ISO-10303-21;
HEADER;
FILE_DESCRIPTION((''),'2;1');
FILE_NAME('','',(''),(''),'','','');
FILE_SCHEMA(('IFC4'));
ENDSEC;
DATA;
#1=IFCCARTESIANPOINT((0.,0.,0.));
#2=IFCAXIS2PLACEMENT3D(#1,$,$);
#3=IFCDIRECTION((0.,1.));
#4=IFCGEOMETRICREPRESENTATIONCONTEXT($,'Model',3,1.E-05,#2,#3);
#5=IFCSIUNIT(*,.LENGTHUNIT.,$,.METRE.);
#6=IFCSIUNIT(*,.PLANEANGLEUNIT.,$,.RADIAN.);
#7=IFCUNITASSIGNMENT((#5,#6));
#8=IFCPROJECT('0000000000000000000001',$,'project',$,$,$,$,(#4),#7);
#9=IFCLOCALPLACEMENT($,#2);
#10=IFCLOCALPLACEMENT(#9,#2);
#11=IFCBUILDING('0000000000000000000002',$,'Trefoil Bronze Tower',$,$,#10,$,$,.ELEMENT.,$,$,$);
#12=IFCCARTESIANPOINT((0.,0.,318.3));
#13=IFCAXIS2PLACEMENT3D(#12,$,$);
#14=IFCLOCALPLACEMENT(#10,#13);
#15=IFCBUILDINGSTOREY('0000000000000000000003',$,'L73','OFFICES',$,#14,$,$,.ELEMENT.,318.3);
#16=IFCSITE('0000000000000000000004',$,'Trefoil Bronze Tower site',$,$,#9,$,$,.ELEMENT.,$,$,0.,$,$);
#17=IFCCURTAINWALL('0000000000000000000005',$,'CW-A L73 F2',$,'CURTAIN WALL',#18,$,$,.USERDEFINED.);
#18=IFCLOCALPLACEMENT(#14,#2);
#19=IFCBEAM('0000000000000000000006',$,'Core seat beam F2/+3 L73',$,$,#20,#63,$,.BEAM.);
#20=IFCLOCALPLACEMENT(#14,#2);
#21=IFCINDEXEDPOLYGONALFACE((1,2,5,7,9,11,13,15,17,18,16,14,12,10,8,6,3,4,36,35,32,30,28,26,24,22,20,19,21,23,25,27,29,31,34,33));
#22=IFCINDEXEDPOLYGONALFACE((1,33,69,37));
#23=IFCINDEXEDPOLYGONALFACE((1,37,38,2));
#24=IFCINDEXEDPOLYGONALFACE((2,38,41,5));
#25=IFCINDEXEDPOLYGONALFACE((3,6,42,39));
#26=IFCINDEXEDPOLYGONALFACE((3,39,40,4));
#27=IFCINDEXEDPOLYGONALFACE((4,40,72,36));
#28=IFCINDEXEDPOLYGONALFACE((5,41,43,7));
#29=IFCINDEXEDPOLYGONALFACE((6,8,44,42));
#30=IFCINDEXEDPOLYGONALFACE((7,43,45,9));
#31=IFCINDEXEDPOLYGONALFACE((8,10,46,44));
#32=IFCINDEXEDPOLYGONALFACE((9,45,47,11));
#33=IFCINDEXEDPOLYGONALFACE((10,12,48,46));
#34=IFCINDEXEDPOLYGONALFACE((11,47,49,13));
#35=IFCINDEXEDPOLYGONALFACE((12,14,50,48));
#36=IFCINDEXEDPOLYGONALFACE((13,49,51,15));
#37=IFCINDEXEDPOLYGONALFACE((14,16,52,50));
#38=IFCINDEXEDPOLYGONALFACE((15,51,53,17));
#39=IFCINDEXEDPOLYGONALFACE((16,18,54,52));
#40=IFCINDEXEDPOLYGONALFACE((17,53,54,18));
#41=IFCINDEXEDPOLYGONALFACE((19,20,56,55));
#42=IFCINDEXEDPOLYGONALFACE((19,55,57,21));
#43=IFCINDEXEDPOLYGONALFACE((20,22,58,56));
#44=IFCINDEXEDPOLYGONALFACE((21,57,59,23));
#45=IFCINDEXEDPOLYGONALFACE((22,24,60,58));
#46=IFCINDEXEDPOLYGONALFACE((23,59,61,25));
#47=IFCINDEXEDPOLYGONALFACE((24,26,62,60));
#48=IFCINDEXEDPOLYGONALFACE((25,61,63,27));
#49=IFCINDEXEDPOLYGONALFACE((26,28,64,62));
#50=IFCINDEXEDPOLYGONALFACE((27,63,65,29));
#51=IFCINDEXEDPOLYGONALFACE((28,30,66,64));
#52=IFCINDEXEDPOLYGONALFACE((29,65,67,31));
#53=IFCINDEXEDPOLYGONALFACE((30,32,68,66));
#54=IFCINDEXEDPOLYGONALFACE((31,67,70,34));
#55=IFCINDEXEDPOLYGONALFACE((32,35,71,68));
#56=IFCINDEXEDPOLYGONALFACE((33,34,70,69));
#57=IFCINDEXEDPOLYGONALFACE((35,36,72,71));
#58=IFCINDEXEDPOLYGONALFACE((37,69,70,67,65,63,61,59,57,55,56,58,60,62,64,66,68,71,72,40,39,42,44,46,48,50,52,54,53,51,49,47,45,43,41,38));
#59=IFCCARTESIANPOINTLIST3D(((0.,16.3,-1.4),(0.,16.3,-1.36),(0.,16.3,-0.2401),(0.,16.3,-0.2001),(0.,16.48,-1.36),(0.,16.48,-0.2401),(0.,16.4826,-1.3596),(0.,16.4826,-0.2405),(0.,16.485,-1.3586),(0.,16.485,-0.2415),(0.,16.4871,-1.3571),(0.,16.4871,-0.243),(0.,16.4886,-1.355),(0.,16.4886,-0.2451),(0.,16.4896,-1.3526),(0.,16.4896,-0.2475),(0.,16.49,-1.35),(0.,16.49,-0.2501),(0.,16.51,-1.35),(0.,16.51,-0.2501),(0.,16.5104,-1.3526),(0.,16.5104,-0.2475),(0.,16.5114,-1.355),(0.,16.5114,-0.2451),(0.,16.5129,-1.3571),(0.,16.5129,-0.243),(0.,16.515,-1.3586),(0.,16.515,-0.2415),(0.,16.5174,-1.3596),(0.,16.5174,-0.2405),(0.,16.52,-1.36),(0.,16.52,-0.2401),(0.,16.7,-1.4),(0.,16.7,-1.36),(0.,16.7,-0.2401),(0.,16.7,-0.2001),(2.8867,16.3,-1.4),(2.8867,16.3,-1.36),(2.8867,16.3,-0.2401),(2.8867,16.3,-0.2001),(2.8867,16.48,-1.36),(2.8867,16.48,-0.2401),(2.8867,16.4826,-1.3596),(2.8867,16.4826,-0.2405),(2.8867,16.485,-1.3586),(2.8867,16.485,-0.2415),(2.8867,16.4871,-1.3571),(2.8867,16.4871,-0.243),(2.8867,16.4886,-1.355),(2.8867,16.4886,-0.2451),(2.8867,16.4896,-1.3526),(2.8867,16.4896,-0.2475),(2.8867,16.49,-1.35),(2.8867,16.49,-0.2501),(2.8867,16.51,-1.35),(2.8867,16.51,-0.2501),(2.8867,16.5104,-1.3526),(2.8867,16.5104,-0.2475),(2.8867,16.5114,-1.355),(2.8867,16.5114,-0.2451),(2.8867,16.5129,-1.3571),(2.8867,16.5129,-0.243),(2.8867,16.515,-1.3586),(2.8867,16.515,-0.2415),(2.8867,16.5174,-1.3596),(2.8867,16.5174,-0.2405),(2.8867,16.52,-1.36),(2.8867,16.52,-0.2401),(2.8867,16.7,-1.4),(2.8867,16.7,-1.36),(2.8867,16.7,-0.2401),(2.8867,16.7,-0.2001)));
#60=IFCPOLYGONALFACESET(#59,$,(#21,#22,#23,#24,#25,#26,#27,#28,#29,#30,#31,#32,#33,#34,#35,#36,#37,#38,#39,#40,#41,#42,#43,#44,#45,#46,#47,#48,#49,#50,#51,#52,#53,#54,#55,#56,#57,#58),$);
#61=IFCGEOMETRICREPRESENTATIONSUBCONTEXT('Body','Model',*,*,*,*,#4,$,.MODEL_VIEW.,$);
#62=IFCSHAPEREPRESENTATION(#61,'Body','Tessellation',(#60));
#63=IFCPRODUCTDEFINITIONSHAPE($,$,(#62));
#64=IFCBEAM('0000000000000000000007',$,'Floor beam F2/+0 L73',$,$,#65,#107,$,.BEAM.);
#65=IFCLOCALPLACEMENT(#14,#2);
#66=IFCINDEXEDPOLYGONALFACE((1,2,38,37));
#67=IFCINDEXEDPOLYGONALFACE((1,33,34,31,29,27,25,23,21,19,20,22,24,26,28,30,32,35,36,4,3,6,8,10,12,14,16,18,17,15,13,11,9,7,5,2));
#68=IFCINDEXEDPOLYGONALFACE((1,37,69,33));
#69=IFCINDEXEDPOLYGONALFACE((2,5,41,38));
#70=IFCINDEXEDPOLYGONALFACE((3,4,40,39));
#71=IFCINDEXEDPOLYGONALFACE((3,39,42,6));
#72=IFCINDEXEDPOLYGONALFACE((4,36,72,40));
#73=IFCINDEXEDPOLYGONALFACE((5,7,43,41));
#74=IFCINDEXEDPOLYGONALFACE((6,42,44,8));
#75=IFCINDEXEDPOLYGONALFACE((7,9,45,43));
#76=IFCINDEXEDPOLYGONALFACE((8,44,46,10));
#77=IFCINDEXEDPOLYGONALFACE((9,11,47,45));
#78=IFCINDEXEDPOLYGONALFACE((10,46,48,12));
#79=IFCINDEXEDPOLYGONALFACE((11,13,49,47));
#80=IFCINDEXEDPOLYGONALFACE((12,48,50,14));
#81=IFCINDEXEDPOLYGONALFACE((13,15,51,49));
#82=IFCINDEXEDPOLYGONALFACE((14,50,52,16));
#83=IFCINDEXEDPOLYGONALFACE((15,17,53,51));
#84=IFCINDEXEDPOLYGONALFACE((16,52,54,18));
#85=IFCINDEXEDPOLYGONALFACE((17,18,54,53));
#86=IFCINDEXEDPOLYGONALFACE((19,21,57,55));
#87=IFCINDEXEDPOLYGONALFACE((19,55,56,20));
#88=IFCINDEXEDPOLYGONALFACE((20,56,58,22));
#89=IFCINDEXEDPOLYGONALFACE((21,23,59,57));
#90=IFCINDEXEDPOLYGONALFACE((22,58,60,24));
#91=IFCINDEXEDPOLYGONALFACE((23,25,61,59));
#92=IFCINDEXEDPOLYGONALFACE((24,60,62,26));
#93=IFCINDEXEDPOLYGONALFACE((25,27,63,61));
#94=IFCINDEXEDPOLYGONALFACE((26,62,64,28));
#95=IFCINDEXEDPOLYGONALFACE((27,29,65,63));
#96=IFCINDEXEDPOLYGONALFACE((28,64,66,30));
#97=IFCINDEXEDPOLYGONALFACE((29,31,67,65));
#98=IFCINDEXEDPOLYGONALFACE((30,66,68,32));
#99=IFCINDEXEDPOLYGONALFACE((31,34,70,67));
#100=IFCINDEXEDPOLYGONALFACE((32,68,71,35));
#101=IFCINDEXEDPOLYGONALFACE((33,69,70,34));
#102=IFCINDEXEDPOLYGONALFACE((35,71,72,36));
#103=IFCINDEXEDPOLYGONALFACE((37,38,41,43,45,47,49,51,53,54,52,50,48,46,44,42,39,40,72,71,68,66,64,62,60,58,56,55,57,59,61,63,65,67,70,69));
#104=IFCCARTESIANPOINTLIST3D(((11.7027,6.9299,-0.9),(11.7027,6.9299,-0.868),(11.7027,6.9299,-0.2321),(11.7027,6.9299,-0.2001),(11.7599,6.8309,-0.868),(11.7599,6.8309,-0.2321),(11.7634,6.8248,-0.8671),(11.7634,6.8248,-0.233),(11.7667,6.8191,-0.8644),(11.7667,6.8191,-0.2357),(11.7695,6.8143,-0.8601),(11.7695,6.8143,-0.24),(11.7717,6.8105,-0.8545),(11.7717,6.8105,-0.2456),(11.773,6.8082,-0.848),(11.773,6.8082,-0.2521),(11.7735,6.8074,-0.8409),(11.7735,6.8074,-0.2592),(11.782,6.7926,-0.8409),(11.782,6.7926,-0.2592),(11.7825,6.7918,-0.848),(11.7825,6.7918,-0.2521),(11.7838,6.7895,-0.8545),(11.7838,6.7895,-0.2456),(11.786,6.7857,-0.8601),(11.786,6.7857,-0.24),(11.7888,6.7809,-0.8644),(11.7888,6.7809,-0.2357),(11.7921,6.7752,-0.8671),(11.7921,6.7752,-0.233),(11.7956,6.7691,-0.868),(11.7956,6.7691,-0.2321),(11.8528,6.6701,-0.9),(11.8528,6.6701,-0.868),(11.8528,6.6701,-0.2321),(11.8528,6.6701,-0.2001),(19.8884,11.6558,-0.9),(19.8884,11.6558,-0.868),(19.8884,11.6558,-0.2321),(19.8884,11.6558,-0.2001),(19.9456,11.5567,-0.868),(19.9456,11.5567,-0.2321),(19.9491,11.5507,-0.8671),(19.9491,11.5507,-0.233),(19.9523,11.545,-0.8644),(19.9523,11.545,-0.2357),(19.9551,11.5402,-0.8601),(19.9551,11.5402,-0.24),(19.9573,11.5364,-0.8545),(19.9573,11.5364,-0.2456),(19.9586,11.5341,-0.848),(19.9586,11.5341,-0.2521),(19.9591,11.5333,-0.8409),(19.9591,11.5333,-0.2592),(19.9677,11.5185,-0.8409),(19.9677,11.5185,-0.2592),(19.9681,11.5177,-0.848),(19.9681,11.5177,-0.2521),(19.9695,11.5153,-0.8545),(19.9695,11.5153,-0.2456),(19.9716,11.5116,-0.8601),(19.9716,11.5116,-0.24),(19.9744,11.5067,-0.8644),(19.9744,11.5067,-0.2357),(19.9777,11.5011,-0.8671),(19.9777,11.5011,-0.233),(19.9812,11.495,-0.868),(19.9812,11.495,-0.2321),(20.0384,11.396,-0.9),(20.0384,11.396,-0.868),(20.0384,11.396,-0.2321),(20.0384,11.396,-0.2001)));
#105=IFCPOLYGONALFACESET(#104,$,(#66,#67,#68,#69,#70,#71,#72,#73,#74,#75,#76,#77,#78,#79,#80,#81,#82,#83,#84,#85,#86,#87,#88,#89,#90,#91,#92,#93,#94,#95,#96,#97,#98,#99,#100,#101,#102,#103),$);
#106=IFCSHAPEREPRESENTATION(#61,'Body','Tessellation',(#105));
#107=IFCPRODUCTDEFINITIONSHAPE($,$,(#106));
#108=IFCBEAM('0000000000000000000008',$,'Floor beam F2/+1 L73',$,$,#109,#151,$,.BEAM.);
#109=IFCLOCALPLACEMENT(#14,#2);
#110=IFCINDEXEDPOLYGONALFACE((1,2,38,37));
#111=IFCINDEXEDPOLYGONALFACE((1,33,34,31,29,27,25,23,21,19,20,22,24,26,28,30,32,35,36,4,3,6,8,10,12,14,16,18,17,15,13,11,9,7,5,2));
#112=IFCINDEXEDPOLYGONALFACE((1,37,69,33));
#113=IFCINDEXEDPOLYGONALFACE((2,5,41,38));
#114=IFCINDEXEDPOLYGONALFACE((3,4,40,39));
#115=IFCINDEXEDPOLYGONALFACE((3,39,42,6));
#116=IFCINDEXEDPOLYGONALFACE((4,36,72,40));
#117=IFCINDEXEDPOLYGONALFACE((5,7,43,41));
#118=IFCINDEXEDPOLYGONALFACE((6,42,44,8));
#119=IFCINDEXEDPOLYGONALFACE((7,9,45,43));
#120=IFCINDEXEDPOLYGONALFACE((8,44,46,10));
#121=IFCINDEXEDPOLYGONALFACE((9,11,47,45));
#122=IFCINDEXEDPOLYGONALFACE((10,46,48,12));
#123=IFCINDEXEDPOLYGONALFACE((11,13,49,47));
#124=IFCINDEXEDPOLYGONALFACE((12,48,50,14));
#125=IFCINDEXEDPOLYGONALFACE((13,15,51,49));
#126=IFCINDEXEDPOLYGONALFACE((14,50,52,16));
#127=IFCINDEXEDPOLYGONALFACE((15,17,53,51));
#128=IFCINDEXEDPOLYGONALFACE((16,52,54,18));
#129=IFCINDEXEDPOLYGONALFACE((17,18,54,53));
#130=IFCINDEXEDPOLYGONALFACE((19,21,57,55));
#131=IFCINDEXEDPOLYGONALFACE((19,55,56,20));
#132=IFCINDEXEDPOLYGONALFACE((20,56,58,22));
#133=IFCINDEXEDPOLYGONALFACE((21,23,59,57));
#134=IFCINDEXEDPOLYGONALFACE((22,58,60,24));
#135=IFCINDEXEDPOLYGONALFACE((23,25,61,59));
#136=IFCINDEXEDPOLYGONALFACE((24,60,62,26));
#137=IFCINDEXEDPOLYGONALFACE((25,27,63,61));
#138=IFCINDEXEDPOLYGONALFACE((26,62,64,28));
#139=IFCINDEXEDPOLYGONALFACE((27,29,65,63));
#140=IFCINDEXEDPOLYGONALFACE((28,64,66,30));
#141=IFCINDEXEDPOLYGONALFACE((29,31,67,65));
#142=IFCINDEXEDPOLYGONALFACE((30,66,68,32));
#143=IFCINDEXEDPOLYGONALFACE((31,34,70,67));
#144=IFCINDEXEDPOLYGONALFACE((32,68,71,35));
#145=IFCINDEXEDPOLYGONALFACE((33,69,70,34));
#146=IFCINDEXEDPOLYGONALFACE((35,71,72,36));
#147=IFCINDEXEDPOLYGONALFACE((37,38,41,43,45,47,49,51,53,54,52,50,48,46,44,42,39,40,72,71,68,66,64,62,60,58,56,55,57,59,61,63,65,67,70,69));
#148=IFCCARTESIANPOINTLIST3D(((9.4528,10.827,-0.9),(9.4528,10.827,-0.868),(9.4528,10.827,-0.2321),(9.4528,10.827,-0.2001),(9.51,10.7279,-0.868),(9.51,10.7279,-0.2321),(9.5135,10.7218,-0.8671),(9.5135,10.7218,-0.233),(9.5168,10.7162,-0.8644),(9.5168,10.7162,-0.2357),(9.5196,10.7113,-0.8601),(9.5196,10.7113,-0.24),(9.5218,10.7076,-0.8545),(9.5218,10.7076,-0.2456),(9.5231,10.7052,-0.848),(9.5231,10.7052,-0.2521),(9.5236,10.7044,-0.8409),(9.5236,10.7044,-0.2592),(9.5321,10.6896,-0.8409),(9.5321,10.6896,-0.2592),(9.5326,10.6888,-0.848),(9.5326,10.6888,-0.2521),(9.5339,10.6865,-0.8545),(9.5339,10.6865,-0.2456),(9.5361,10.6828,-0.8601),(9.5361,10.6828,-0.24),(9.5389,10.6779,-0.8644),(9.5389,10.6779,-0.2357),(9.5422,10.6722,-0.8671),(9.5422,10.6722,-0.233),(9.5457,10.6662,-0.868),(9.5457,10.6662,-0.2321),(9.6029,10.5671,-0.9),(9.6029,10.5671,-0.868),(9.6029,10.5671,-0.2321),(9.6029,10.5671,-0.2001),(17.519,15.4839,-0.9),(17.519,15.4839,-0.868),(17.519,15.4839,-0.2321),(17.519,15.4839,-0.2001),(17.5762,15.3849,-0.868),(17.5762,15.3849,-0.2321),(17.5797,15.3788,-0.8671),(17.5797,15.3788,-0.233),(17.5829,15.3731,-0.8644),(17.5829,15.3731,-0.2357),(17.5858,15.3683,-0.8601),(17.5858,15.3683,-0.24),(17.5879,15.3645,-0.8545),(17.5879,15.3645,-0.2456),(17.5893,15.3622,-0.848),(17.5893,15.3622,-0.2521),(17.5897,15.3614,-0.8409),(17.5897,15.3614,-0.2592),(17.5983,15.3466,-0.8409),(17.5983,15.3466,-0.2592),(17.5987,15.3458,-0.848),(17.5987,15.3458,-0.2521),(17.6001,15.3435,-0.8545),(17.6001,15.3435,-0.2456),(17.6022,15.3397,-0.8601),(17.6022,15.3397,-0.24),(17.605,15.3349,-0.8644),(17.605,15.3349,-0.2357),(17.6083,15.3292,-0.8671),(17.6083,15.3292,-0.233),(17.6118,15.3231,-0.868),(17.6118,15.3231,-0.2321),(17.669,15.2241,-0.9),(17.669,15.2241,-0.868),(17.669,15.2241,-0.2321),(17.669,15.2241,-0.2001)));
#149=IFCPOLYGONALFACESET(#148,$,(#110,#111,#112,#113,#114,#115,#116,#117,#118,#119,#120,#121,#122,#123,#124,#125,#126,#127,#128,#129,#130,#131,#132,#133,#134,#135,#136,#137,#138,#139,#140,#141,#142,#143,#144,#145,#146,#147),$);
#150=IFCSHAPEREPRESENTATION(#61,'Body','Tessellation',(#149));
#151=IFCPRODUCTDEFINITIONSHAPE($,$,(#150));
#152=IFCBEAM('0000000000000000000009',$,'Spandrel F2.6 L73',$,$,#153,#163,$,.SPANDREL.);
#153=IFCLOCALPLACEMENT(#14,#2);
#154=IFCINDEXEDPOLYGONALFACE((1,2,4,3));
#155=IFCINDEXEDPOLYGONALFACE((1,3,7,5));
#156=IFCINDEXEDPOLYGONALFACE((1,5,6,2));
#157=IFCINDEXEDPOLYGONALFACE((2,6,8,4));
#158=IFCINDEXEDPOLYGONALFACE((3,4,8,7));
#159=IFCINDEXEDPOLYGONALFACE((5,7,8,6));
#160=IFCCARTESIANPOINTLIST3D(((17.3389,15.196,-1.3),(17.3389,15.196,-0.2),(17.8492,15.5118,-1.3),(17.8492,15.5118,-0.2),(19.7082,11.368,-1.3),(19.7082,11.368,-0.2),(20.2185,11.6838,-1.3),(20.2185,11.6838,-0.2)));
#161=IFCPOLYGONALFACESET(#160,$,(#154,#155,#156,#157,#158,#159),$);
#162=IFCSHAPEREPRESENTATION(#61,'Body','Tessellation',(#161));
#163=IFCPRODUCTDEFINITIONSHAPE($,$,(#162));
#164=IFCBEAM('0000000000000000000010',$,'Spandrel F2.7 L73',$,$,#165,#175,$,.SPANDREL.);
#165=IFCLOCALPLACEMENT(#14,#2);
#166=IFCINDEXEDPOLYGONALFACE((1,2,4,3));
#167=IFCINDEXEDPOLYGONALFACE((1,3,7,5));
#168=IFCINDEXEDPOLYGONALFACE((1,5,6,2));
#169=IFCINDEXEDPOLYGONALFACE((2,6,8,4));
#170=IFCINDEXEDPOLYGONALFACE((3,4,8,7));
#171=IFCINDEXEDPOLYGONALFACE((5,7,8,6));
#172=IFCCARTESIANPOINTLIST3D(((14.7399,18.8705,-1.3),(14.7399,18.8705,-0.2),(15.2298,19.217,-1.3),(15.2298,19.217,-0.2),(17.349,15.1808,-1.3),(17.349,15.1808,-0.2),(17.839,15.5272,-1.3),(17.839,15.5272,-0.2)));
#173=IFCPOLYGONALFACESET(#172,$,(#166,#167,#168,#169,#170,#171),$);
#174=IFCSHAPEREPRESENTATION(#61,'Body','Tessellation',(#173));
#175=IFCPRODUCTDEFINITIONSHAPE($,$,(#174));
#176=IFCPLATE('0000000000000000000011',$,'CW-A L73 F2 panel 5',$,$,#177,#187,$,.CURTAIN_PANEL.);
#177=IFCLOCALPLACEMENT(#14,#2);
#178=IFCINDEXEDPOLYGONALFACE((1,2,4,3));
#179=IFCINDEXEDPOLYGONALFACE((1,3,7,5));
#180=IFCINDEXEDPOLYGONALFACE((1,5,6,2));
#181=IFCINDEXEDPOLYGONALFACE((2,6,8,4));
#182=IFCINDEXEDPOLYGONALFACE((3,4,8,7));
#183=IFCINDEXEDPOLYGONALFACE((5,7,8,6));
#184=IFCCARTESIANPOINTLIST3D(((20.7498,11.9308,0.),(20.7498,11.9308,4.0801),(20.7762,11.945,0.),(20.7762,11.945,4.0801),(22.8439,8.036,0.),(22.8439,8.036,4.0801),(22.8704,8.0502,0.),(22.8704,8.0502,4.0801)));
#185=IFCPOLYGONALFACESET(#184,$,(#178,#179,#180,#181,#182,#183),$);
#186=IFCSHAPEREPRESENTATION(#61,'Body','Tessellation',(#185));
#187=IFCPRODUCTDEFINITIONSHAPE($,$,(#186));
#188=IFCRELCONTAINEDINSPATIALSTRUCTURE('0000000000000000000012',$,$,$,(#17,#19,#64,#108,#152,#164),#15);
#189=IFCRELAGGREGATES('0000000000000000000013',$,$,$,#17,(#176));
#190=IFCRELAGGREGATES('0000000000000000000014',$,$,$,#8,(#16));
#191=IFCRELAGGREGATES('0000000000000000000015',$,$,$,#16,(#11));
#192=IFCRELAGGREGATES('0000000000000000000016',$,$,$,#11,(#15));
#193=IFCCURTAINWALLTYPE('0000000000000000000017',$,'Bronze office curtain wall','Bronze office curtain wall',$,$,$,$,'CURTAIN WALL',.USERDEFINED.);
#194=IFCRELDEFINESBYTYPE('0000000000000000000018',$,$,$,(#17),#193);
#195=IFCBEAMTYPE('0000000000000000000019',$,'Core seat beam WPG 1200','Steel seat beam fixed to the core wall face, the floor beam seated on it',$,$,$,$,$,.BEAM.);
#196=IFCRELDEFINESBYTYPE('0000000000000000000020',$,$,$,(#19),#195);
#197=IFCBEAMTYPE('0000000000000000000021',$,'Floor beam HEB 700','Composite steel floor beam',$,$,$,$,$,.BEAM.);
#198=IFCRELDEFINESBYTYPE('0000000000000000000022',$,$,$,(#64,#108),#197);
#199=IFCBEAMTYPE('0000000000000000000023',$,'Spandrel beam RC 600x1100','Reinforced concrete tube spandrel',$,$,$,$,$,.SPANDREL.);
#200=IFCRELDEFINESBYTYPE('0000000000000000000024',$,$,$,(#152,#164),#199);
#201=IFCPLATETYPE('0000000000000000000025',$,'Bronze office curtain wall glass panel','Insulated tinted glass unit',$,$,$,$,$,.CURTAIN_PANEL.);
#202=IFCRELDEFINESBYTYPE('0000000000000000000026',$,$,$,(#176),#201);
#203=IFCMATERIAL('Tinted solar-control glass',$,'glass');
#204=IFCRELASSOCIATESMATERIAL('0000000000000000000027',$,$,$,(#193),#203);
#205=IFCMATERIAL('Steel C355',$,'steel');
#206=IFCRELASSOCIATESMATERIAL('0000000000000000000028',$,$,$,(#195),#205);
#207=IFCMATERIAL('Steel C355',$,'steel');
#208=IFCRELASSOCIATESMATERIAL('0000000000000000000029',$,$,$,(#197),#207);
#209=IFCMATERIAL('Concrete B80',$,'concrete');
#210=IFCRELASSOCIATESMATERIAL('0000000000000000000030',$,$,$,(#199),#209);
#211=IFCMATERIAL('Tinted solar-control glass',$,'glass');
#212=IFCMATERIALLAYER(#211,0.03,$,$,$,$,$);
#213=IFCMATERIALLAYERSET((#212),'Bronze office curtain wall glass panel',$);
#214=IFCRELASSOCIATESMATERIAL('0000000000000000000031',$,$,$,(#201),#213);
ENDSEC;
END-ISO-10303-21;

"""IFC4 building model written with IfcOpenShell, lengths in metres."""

from ifc_helpers import new_model, si_unit, direction, frame, origin, origin_2d, place, context, subcontext, project, spatial, rectangle, i_section, extrude, material, layer, layer_set, material_profile, profile_set, type_object, element, aggregate, save


model = new_model("IFC4")

# Units and contexts
model_context = context("Model", 3, precision=1e-05, world=origin(), true_north=direction((0.0, 1.0)))
body_context = subcontext(model_context, "Body", "Model", "MODEL_VIEW")
ifc_project = project(units=[si_unit("LENGTHUNIT", "METRE"), si_unit("PLANEANGLEUNIT", "RADIAN")], contexts=[model_context])

# Site, building, storey
site_placement = place(None, origin())
site = spatial("IfcSite", under=ifc_project, at=site_placement, Name="Trefoil Bronze Tower site", CompositionType="ELEMENT", RefElevation=0.0)
building_placement = place(site_placement, origin())
building = spatial("IfcBuilding", under=site, at=building_placement, Name="Trefoil Bronze Tower", CompositionType="ELEMENT")
storey_placement = place(building_placement, frame((0.0, 0.0, 318.3)))
storey = spatial("IfcBuildingStorey", under=building, at=storey_placement, Name="L73", Description="OFFICES", CompositionType="ELEMENT", Elevation=318.3)

# Curtain wall
ifc_material_1 = material(Name="Tinted solar-control glass", Category="glass")
curtain_wall_type = type_object("IfcCurtainWallType", Name="Bronze office curtain wall", Description="Bronze office curtain wall", ElementType="CURTAIN WALL", PredefinedType="USERDEFINED", material=ifc_material_1)
curtain_wall_placement = place(storey_placement, origin())
curtain_wall = element("IfcCurtainWall", 1, at=curtain_wall_placement, inside=storey, type_object=curtain_wall_type, Name="CW-A L73 F2", ObjectType="CURTAIN WALL", PredefinedType="USERDEFINED")

# Beams
ifc_material_2 = material(Name="Steel C355", Category="steel")
ifc_material_profile_1 = material_profile(ifc_material_2, i_section(OverallWidth=0.3999, OverallDepth=1.2, WebThickness=0.02, FlangeThickness=0.04, FilletRadius=0.01, at=origin_2d()), Name="WPG 1200")
ifc_profile_set_1 = profile_set([ifc_material_profile_1], Name="Steel C355")
beam_type_1 = type_object("IfcBeamType", Name="Core seat beam WPG 1200", Description="Steel seat beam fixed to the core wall face, the floor beam seated on it", PredefinedType="BEAM", material=ifc_profile_set_1)
beam_1_placement = place(storey_placement, frame((2.8867, 16.5, -0.8), z_axis=(-1.0, 0.0, 0.0), x_axis=(0.0, -1.0, 0.0)))
element("IfcBeam", 2, at=beam_1_placement, inside=storey, type_object=beam_type_1, Name="Core seat beam F2/+3 L73", PredefinedType="BEAM", context=body_context, shape_type="SweptSolid", body=[
    extrude(i_section(OverallWidth=0.3999, OverallDepth=1.2, WebThickness=0.02, FlangeThickness=0.04, FilletRadius=0.01, at=origin_2d()), origin(), (0.0, 0.0, 1.0), 2.8867),
])
ifc_material_3 = material(Name="Steel C355", Category="steel")
ifc_material_profile_2 = material_profile(ifc_material_3, i_section(OverallWidth=0.3, OverallDepth=0.7, WebThickness=0.0171, FlangeThickness=0.032, FilletRadius=0.0271, at=origin_2d()), Name="HEB 700")
ifc_profile_set_2 = profile_set([ifc_material_profile_2], Name="Steel C355")
beam_type_2 = type_object("IfcBeamType", Name="Floor beam HEB 700", Description="Composite steel floor beam", PredefinedType="BEAM", material=ifc_profile_set_2)
beam_2_placement = place(storey_placement, frame((19.9634, 11.5259, -0.55), z_axis=(-0.86603, -0.499992, 0.0), x_axis=(0.499992, -0.86603, 0.0)))
element("IfcBeam", 3, at=beam_2_placement, inside=storey, type_object=beam_type_2, Name="Floor beam F2/+0 L73", PredefinedType="BEAM", context=body_context, shape_type="SweptSolid", body=[
    extrude(i_section(OverallWidth=0.3, OverallDepth=0.7, WebThickness=0.0171, FlangeThickness=0.032, FilletRadius=0.0271, at=origin_2d()), origin(), (0.0, 0.0, 1.0), 9.4519),
])
beam_3_placement = place(storey_placement, frame((17.594, 15.354, -0.55), z_axis=(-0.866026, -0.499999, 0.0), x_axis=(0.499999, -0.866026, 0.0)))
element("IfcBeam", 4, at=beam_3_placement, inside=storey, type_object=beam_type_2, Name="Floor beam F2/+1 L73", PredefinedType="BEAM", context=body_context, shape_type="SweptSolid", body=[
    extrude(i_section(OverallWidth=0.3, OverallDepth=0.7, WebThickness=0.0171, FlangeThickness=0.032, FilletRadius=0.0271, at=origin_2d()), origin(), (0.0, 0.0, 1.0), 9.314),
])
ifc_material_4 = material(Name="Concrete B80", Category="concrete")
ifc_material_profile_3 = material_profile(ifc_material_4, rectangle(XDim=0.6001, YDim=1.1001, at=origin_2d()), Name="RC 600x1100")
ifc_profile_set_3 = profile_set([ifc_material_profile_3], Name="Concrete B80")
beam_type_3 = type_object("IfcBeamType", Name="Spandrel beam RC 600x1100", Description="Reinforced concrete tube spandrel", PredefinedType="SPANDREL", material=ifc_profile_set_3)
beam_4_placement = place(storey_placement, frame((19.9634, 11.5259, -0.75), z_axis=(-0.526289, 0.850306, 0.0), x_axis=(-0.850306, -0.526289, 0.0)))
element("IfcBeam", 5, at=beam_4_placement, inside=storey, type_object=beam_type_3, Name="Spandrel F2.6 L73", PredefinedType="SPANDREL", context=body_context, shape_type="SweptSolid", body=[
    extrude(rectangle(XDim=0.6001, YDim=1.1001, at=origin_2d()), origin(), (0.0, 0.0, 1.0), 4.502),
])
beam_5_placement = place(storey_placement, frame((17.594, 15.354, -0.75), z_axis=(-0.577368, 0.816484, 0.0), x_axis=(-0.816484, -0.577368, 0.0)))
element("IfcBeam", 6, at=beam_5_placement, inside=storey, type_object=beam_type_3, Name="Spandrel F2.7 L73", PredefinedType="SPANDREL", context=body_context, shape_type="SweptSolid", body=[
    extrude(rectangle(XDim=0.6001, YDim=1.1001, at=origin_2d()), origin(), (0.0, 0.0, 1.0), 4.519),
])

# Plate
ifc_material_5 = material(Name="Tinted solar-control glass", Category="glass")
ifc_layer_1 = layer(ifc_material_5, 0.03)
ifc_layer_set_1 = layer_set([ifc_layer_1], Name="Bronze office curtain wall glass panel")
plate_type = type_object("IfcPlateType", Name="Bronze office curtain wall glass panel", Description="Insulated tinted glass unit", PredefinedType="CURTAIN_PANEL", material=ifc_layer_set_1)
plate_1_placement = place(storey_placement, frame((21.8101, 9.9905, 0.0), z_axis=(0.0, 0.0, 1.0), x_axis=(-0.473562, 0.88076, 0.0)))
plate_1 = element("IfcPlate", 7, at=plate_1_placement, type_object=plate_type, Name="CW-A L73 F2 panel 5", PredefinedType="CURTAIN_PANEL", context=body_context, shape_type="SweptSolid", body=[
    extrude(rectangle(XDim=4.4221, YDim=0.03, at=origin_2d()), origin(), (0.0, 0.0, 1.0), 4.0801),
])
aggregate(curtain_wall, [plate_1])

save(model, "model.ifc")
